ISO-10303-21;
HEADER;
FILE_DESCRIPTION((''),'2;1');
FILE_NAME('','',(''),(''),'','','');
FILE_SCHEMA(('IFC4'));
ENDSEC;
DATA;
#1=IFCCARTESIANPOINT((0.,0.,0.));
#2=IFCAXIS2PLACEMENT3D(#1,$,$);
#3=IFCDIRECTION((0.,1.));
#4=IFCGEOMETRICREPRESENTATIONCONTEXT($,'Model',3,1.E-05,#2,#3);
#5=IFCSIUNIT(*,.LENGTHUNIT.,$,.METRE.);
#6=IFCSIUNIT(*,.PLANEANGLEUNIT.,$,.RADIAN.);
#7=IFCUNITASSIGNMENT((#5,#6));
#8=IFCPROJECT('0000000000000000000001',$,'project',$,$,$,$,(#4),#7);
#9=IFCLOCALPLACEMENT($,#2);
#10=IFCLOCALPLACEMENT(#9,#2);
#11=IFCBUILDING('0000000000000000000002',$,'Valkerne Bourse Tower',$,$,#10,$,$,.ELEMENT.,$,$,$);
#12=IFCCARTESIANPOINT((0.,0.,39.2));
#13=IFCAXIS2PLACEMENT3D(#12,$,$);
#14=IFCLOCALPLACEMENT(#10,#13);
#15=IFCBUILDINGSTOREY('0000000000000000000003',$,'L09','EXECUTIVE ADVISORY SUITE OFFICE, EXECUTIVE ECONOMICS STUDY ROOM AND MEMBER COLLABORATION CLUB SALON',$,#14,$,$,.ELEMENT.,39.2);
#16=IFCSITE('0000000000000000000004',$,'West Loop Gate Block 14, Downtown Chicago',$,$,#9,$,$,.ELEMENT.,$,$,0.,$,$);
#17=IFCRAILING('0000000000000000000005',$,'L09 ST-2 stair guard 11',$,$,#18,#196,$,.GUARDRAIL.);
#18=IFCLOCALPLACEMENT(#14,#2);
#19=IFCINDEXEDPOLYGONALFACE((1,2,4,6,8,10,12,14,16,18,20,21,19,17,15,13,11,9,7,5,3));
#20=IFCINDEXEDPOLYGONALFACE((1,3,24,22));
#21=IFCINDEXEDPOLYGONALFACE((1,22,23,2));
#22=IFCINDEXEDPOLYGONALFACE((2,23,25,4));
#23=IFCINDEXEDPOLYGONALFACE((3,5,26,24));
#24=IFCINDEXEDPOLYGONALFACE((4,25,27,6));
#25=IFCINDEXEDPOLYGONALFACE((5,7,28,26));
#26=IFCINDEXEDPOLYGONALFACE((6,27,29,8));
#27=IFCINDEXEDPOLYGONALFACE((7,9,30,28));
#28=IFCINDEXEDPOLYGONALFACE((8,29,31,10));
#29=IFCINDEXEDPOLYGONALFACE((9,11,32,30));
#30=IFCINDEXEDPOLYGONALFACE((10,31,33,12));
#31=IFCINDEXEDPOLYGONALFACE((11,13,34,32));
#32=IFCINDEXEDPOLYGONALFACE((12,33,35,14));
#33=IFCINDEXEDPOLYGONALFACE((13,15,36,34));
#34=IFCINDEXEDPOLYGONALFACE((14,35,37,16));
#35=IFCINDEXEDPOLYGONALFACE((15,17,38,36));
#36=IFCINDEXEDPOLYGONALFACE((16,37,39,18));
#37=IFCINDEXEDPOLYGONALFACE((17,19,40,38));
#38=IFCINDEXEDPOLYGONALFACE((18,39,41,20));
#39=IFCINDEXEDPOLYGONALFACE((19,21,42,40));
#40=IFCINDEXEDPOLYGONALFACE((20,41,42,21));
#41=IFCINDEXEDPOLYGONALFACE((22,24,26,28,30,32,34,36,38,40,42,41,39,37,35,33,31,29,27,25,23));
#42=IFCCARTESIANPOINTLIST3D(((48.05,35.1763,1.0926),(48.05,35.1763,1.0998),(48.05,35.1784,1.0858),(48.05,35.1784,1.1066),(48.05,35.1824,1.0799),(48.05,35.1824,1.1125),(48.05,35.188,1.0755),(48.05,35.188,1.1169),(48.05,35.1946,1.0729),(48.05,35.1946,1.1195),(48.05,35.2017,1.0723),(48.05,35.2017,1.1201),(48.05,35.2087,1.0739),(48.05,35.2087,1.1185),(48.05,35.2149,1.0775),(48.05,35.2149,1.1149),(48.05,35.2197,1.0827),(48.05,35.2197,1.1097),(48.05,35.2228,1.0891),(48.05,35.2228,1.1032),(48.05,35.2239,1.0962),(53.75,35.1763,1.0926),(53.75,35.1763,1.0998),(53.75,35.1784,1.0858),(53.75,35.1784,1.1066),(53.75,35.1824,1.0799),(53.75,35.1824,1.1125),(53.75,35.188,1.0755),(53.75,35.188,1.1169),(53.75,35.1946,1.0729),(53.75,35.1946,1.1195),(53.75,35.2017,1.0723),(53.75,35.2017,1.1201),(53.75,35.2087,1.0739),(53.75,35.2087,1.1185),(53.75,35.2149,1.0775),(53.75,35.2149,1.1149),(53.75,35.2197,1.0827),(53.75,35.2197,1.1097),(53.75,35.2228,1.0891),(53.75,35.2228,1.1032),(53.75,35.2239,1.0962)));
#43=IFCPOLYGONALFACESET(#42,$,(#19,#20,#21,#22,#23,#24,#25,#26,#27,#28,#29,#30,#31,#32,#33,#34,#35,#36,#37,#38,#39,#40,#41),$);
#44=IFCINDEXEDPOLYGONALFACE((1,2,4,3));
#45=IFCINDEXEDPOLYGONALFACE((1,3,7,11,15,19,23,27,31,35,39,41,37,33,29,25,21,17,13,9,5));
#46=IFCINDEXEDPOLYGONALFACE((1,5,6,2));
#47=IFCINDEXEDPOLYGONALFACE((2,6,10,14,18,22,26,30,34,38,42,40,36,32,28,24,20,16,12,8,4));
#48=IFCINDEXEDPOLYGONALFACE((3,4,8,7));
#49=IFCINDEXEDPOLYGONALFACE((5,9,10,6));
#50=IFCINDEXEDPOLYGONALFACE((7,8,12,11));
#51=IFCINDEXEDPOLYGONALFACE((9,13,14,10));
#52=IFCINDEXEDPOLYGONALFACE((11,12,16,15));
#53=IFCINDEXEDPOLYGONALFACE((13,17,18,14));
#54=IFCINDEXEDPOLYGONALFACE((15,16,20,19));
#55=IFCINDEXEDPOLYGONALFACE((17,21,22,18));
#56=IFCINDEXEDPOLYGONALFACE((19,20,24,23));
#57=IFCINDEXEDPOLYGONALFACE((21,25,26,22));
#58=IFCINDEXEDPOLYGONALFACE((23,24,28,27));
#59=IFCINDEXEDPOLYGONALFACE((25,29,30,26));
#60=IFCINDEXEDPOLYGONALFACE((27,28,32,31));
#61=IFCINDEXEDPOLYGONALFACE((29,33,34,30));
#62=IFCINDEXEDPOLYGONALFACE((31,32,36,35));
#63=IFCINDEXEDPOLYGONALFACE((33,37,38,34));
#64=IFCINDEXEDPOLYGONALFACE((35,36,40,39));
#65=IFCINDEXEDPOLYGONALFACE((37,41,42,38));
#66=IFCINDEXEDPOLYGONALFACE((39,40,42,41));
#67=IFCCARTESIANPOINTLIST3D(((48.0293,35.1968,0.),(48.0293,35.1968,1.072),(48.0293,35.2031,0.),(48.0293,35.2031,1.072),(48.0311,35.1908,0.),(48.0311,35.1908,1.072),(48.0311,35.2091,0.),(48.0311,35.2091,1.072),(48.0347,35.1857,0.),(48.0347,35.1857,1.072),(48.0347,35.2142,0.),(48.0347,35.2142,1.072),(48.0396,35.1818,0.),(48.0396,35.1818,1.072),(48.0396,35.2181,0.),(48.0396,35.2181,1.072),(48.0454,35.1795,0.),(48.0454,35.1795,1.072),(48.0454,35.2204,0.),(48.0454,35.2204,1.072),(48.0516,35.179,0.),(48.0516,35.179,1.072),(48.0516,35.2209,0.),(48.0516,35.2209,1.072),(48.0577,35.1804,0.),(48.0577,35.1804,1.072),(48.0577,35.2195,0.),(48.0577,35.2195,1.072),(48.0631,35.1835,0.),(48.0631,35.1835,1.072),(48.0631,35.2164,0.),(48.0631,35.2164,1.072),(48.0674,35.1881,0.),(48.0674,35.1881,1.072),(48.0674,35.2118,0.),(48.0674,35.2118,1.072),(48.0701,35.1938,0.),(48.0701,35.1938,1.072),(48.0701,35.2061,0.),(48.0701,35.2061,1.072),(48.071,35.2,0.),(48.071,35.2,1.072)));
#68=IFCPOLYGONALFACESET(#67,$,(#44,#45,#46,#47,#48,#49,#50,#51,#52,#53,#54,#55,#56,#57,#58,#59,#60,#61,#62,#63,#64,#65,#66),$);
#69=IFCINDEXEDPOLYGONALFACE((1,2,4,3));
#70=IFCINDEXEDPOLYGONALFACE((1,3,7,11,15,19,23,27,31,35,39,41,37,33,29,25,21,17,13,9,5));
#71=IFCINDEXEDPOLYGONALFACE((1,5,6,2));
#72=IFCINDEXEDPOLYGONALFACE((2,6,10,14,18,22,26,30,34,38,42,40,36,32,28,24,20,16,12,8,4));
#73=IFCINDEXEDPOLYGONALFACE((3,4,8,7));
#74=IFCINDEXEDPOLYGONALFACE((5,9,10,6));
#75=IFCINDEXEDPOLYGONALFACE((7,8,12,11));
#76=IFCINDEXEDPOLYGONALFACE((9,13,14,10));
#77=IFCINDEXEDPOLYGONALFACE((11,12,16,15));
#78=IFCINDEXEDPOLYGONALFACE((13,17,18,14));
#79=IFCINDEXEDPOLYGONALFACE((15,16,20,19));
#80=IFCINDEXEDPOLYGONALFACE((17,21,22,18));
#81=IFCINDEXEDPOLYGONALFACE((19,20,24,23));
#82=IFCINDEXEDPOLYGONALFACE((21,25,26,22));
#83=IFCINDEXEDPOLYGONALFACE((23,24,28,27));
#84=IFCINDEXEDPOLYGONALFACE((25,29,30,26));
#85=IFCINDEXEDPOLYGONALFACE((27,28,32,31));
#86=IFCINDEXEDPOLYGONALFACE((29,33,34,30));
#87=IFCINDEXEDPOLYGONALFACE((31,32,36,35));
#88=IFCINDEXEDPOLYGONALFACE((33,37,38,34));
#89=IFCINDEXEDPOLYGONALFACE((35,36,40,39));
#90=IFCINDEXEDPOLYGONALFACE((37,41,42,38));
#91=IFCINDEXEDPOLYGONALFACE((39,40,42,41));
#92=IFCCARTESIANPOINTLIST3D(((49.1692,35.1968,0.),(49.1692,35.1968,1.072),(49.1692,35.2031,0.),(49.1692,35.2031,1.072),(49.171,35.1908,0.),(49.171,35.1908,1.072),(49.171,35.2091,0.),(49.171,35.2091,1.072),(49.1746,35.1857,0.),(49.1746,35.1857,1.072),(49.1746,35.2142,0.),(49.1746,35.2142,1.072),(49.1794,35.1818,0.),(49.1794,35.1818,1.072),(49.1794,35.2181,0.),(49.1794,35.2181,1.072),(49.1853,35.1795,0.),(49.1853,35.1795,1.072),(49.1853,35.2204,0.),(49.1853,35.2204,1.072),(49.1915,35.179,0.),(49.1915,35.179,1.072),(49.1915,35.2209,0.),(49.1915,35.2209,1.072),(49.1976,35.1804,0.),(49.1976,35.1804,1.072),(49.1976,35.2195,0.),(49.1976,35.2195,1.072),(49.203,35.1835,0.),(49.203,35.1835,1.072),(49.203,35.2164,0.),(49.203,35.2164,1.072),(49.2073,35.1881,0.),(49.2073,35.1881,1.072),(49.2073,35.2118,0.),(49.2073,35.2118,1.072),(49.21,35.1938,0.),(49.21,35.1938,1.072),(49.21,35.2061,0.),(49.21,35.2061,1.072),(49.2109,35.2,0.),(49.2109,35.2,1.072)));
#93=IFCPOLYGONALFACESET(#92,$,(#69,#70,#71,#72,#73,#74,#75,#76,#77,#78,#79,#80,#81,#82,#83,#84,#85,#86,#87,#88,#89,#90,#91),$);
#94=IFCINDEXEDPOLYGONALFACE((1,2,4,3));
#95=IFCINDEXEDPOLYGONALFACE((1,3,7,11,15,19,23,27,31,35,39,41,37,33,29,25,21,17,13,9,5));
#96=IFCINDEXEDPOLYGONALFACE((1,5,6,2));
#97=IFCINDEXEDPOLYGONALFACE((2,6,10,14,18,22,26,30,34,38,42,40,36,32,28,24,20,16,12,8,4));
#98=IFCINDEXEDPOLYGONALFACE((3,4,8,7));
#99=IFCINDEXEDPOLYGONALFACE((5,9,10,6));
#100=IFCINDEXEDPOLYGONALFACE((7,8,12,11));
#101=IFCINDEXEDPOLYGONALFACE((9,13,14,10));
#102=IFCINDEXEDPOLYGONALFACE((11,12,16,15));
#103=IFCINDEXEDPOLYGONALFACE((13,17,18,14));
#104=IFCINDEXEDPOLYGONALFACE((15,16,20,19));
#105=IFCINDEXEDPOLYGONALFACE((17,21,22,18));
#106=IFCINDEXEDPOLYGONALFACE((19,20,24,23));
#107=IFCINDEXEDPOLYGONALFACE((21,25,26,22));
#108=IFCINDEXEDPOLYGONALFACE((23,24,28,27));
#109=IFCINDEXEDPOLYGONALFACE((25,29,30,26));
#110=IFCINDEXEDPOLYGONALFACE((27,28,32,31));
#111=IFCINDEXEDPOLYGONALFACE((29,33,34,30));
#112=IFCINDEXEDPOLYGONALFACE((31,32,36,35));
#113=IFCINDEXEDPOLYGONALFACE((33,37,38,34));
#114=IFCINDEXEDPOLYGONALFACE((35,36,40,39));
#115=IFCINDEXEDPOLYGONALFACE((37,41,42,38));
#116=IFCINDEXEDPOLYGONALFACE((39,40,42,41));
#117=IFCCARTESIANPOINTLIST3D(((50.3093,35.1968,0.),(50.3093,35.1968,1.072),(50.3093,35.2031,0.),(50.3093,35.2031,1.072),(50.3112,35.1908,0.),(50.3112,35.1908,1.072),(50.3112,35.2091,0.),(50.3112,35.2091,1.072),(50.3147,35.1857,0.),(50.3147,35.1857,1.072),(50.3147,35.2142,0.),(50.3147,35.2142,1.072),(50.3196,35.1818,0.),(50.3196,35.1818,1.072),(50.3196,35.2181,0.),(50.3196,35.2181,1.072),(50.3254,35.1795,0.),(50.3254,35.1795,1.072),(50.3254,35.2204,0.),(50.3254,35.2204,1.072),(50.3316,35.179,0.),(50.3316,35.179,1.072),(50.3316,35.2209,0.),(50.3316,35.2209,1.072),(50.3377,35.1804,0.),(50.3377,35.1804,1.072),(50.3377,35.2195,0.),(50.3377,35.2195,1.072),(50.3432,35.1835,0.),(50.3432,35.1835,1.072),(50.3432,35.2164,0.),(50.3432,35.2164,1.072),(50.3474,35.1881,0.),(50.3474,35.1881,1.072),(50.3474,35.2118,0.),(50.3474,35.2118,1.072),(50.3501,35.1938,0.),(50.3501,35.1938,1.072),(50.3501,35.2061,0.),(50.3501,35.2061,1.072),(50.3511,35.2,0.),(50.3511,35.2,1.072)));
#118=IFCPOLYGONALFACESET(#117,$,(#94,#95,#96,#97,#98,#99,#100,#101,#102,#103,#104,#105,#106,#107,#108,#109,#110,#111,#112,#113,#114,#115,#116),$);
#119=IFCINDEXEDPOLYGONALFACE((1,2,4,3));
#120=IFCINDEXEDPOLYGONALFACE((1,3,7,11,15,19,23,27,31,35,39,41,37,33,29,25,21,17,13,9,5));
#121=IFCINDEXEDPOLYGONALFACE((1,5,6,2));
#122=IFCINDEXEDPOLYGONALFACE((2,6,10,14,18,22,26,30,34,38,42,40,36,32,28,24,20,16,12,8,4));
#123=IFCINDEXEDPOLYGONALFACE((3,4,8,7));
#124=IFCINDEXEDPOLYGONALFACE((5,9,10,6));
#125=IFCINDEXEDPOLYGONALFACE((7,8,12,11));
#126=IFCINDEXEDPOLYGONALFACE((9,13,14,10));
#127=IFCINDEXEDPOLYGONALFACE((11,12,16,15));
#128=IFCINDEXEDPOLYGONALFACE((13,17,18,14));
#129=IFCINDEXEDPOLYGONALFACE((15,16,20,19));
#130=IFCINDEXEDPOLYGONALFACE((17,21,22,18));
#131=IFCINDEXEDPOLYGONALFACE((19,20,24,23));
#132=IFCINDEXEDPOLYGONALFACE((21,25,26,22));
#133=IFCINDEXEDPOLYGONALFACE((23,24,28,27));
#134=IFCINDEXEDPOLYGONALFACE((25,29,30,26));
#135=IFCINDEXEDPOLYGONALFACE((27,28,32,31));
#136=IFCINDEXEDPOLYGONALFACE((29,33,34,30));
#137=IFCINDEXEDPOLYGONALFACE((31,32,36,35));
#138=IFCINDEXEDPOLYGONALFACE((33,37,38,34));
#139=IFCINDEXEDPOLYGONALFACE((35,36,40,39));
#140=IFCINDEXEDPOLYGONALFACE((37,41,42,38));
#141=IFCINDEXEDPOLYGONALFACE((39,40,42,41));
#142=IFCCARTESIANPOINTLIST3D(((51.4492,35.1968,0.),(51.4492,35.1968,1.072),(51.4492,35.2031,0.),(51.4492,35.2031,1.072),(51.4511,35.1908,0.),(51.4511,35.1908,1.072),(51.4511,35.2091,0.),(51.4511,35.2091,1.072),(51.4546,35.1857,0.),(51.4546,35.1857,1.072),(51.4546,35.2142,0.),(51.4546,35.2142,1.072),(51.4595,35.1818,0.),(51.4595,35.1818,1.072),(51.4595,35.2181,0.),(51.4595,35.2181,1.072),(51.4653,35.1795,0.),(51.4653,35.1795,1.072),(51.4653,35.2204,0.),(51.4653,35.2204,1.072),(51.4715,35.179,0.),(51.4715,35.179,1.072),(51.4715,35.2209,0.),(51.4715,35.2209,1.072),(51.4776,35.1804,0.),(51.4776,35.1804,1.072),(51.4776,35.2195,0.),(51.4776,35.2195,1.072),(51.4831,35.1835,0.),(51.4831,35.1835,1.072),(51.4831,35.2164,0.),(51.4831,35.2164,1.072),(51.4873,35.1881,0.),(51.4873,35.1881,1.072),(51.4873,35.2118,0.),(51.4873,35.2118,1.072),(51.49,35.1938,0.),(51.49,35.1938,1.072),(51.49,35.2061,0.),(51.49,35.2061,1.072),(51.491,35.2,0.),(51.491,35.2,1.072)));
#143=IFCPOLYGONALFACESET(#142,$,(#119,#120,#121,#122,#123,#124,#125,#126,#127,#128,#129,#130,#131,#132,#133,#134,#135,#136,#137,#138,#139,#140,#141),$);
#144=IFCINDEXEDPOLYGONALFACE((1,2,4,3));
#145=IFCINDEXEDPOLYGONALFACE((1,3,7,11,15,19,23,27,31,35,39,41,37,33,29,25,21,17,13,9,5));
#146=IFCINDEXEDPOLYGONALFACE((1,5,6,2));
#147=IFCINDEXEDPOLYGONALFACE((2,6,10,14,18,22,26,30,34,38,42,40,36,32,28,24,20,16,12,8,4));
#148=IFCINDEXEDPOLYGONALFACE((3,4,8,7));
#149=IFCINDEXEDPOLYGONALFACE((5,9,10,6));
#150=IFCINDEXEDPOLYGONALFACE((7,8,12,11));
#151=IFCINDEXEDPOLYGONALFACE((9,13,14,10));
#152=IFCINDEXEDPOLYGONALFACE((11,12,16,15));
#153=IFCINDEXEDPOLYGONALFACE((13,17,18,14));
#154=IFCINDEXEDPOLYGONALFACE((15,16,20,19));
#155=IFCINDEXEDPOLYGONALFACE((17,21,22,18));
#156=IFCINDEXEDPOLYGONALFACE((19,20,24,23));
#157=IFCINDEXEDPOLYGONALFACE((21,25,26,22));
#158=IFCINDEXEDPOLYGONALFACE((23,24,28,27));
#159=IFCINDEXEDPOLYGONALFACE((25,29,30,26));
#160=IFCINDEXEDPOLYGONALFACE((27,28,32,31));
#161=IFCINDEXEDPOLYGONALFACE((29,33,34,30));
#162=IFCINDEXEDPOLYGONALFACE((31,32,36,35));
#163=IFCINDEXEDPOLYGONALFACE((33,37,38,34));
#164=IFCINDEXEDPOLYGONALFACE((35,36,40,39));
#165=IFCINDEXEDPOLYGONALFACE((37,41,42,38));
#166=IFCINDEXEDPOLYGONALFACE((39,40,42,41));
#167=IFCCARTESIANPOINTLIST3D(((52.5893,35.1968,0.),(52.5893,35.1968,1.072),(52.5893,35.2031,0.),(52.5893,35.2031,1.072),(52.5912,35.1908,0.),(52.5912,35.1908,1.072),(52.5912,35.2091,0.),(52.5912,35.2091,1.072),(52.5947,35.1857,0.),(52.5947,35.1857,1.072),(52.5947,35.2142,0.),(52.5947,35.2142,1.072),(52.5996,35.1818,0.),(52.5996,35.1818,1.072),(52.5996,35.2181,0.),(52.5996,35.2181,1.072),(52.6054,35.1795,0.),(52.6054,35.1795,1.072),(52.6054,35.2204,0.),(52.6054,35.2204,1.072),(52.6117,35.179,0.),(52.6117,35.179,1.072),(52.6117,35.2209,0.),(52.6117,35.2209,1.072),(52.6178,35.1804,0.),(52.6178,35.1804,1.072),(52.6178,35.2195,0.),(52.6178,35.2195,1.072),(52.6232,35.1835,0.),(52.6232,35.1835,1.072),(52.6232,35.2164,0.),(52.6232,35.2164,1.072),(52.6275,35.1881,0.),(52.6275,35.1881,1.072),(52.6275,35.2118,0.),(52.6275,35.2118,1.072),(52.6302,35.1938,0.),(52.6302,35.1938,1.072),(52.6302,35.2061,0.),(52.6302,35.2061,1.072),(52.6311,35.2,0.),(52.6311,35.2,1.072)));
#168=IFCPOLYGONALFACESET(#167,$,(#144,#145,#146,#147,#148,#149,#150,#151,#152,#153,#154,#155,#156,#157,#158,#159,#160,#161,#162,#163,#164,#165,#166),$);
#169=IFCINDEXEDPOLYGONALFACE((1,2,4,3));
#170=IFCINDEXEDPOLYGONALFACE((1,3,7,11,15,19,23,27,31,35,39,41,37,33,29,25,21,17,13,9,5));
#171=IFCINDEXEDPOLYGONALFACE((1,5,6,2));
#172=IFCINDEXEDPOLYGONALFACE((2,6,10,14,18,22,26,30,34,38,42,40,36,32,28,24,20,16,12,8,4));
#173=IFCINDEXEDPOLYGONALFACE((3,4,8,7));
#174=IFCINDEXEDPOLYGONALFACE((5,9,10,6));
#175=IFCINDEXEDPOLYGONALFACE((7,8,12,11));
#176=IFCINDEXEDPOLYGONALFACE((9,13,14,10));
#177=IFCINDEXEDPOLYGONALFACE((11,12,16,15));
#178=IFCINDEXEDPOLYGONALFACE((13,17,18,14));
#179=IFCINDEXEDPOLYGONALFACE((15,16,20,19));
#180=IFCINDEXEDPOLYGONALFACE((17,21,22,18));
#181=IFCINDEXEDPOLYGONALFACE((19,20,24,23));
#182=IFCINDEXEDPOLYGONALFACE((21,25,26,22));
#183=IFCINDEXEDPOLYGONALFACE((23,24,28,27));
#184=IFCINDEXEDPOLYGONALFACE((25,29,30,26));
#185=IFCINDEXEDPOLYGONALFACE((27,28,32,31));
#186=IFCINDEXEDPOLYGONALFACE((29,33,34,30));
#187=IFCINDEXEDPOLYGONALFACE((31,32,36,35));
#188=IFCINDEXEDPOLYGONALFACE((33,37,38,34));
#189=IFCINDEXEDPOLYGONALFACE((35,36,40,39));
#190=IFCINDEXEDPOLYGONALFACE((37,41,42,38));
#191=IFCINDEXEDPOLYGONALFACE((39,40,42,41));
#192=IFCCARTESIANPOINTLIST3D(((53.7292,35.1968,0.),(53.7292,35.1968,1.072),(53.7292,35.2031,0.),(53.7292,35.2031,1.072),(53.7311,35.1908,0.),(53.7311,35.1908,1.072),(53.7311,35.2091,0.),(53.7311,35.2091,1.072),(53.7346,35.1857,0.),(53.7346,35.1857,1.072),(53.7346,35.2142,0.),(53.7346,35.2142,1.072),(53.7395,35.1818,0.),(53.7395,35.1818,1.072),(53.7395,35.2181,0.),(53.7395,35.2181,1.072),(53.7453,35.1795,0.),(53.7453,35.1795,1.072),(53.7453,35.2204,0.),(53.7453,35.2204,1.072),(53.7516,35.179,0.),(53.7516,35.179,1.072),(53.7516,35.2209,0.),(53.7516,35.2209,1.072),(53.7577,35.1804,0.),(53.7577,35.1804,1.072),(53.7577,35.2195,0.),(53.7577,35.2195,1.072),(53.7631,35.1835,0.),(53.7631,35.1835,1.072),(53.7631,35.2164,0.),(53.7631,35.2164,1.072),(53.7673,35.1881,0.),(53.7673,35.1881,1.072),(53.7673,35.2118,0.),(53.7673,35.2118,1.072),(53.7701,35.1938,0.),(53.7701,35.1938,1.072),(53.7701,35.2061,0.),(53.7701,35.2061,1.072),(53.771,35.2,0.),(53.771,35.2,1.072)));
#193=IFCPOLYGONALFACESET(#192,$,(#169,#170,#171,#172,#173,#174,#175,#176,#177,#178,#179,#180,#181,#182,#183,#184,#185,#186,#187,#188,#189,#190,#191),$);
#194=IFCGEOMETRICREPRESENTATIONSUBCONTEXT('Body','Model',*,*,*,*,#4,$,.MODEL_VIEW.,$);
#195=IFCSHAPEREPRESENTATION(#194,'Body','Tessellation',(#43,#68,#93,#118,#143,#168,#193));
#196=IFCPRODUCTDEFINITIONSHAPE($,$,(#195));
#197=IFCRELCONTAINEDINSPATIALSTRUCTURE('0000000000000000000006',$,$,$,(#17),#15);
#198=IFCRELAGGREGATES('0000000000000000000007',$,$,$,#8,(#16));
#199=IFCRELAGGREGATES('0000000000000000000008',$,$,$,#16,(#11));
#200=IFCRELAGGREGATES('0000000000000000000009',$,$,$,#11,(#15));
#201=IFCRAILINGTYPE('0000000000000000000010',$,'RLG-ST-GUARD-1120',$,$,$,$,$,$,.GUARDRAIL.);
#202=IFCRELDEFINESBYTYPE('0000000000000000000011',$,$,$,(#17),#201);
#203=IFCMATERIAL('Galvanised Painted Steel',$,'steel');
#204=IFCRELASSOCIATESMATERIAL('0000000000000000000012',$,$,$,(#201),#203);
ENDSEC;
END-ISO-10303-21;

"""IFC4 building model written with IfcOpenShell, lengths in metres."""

from ifc_helpers import new_model, si_unit, direction, frame, origin, origin_2d, place, context, subcontext, project, spatial, circle, extrude, material, type_object, element, save


model = new_model("IFC4")

# Units and contexts
model_context = context("Model", 3, precision=1e-05, world=origin(), true_north=direction((0.0, 1.0)))
body_context = subcontext(model_context, "Body", "Model", "MODEL_VIEW")
ifc_project = project(units=[si_unit("LENGTHUNIT", "METRE"), si_unit("PLANEANGLEUNIT", "RADIAN")], contexts=[model_context])

# Site, building, storey
site_placement = place(None, origin())
site = spatial("IfcSite", under=ifc_project, at=site_placement, Name="West Loop Gate Block 14, Downtown Chicago", CompositionType="ELEMENT", RefElevation=0.0)
building_placement = place(site_placement, origin())
building = spatial("IfcBuilding", under=site, at=building_placement, Name="Valkerne Bourse Tower", CompositionType="ELEMENT")
storey_placement = place(building_placement, frame((0.0, 0.0, 39.2)))
storey = spatial("IfcBuildingStorey", under=building, at=storey_placement, Name="L09", Description="EXECUTIVE ADVISORY SUITE OFFICE, EXECUTIVE ECONOMICS STUDY ROOM AND MEMBER COLLABORATION CLUB SALON", CompositionType="ELEMENT", Elevation=39.2)

# Shared definitions
ifc_material_1 = material(Name="Galvanised Painted Steel", Category="steel")

# Railing
railing_type_1 = type_object("IfcRailingType", Name="RLG-ST-GUARD-1120", PredefinedType="GUARDRAIL", material=ifc_material_1)
for number, where, name in (
    (1, (48.05, 35.2, 0.0), "L09 ST-2 stair guard 11"),
):
    element("IfcRailing", number, at=place(storey_placement, frame(where)), inside=storey, type_object=railing_type_1, Name=name, PredefinedType="GUARDRAIL", context=body_context, shape_type="SweptSolid", body=[
        extrude(circle(Radius=0.0239, at=origin_2d()), frame((0.0, 0.0, 1.0962), z_axis=(1.0, 0.0, 0.0), x_axis=(0.0, 1.0, 0.0)), (0.0, 0.0, 1.0), 5.7),
        extrude(circle(Radius=0.021, at=origin_2d()), origin(), (0.0, 0.0, 1.0), 1.072),
        extrude(circle(Radius=0.021, at=origin_2d()), frame((1.1399, 0.0, 0.0)), (0.0, 0.0, 1.0), 1.072),
        extrude(circle(Radius=0.021, at=origin_2d()), frame((2.28, 0.0, 0.0)), (0.0, 0.0, 1.0), 1.072),
        extrude(circle(Radius=0.021, at=origin_2d()), frame((3.4199, 0.0, 0.0)), (0.0, 0.0, 1.0), 1.072),
        extrude(circle(Radius=0.021, at=origin_2d()), frame((4.5601, 0.0, 0.0)), (0.0, 0.0, 1.0), 1.072),
        extrude(circle(Radius=0.021, at=origin_2d()), frame((5.7, 0.0, 0.0)), (0.0, 0.0, 1.0), 1.072),
    ])

save(model, "model.ifc")
